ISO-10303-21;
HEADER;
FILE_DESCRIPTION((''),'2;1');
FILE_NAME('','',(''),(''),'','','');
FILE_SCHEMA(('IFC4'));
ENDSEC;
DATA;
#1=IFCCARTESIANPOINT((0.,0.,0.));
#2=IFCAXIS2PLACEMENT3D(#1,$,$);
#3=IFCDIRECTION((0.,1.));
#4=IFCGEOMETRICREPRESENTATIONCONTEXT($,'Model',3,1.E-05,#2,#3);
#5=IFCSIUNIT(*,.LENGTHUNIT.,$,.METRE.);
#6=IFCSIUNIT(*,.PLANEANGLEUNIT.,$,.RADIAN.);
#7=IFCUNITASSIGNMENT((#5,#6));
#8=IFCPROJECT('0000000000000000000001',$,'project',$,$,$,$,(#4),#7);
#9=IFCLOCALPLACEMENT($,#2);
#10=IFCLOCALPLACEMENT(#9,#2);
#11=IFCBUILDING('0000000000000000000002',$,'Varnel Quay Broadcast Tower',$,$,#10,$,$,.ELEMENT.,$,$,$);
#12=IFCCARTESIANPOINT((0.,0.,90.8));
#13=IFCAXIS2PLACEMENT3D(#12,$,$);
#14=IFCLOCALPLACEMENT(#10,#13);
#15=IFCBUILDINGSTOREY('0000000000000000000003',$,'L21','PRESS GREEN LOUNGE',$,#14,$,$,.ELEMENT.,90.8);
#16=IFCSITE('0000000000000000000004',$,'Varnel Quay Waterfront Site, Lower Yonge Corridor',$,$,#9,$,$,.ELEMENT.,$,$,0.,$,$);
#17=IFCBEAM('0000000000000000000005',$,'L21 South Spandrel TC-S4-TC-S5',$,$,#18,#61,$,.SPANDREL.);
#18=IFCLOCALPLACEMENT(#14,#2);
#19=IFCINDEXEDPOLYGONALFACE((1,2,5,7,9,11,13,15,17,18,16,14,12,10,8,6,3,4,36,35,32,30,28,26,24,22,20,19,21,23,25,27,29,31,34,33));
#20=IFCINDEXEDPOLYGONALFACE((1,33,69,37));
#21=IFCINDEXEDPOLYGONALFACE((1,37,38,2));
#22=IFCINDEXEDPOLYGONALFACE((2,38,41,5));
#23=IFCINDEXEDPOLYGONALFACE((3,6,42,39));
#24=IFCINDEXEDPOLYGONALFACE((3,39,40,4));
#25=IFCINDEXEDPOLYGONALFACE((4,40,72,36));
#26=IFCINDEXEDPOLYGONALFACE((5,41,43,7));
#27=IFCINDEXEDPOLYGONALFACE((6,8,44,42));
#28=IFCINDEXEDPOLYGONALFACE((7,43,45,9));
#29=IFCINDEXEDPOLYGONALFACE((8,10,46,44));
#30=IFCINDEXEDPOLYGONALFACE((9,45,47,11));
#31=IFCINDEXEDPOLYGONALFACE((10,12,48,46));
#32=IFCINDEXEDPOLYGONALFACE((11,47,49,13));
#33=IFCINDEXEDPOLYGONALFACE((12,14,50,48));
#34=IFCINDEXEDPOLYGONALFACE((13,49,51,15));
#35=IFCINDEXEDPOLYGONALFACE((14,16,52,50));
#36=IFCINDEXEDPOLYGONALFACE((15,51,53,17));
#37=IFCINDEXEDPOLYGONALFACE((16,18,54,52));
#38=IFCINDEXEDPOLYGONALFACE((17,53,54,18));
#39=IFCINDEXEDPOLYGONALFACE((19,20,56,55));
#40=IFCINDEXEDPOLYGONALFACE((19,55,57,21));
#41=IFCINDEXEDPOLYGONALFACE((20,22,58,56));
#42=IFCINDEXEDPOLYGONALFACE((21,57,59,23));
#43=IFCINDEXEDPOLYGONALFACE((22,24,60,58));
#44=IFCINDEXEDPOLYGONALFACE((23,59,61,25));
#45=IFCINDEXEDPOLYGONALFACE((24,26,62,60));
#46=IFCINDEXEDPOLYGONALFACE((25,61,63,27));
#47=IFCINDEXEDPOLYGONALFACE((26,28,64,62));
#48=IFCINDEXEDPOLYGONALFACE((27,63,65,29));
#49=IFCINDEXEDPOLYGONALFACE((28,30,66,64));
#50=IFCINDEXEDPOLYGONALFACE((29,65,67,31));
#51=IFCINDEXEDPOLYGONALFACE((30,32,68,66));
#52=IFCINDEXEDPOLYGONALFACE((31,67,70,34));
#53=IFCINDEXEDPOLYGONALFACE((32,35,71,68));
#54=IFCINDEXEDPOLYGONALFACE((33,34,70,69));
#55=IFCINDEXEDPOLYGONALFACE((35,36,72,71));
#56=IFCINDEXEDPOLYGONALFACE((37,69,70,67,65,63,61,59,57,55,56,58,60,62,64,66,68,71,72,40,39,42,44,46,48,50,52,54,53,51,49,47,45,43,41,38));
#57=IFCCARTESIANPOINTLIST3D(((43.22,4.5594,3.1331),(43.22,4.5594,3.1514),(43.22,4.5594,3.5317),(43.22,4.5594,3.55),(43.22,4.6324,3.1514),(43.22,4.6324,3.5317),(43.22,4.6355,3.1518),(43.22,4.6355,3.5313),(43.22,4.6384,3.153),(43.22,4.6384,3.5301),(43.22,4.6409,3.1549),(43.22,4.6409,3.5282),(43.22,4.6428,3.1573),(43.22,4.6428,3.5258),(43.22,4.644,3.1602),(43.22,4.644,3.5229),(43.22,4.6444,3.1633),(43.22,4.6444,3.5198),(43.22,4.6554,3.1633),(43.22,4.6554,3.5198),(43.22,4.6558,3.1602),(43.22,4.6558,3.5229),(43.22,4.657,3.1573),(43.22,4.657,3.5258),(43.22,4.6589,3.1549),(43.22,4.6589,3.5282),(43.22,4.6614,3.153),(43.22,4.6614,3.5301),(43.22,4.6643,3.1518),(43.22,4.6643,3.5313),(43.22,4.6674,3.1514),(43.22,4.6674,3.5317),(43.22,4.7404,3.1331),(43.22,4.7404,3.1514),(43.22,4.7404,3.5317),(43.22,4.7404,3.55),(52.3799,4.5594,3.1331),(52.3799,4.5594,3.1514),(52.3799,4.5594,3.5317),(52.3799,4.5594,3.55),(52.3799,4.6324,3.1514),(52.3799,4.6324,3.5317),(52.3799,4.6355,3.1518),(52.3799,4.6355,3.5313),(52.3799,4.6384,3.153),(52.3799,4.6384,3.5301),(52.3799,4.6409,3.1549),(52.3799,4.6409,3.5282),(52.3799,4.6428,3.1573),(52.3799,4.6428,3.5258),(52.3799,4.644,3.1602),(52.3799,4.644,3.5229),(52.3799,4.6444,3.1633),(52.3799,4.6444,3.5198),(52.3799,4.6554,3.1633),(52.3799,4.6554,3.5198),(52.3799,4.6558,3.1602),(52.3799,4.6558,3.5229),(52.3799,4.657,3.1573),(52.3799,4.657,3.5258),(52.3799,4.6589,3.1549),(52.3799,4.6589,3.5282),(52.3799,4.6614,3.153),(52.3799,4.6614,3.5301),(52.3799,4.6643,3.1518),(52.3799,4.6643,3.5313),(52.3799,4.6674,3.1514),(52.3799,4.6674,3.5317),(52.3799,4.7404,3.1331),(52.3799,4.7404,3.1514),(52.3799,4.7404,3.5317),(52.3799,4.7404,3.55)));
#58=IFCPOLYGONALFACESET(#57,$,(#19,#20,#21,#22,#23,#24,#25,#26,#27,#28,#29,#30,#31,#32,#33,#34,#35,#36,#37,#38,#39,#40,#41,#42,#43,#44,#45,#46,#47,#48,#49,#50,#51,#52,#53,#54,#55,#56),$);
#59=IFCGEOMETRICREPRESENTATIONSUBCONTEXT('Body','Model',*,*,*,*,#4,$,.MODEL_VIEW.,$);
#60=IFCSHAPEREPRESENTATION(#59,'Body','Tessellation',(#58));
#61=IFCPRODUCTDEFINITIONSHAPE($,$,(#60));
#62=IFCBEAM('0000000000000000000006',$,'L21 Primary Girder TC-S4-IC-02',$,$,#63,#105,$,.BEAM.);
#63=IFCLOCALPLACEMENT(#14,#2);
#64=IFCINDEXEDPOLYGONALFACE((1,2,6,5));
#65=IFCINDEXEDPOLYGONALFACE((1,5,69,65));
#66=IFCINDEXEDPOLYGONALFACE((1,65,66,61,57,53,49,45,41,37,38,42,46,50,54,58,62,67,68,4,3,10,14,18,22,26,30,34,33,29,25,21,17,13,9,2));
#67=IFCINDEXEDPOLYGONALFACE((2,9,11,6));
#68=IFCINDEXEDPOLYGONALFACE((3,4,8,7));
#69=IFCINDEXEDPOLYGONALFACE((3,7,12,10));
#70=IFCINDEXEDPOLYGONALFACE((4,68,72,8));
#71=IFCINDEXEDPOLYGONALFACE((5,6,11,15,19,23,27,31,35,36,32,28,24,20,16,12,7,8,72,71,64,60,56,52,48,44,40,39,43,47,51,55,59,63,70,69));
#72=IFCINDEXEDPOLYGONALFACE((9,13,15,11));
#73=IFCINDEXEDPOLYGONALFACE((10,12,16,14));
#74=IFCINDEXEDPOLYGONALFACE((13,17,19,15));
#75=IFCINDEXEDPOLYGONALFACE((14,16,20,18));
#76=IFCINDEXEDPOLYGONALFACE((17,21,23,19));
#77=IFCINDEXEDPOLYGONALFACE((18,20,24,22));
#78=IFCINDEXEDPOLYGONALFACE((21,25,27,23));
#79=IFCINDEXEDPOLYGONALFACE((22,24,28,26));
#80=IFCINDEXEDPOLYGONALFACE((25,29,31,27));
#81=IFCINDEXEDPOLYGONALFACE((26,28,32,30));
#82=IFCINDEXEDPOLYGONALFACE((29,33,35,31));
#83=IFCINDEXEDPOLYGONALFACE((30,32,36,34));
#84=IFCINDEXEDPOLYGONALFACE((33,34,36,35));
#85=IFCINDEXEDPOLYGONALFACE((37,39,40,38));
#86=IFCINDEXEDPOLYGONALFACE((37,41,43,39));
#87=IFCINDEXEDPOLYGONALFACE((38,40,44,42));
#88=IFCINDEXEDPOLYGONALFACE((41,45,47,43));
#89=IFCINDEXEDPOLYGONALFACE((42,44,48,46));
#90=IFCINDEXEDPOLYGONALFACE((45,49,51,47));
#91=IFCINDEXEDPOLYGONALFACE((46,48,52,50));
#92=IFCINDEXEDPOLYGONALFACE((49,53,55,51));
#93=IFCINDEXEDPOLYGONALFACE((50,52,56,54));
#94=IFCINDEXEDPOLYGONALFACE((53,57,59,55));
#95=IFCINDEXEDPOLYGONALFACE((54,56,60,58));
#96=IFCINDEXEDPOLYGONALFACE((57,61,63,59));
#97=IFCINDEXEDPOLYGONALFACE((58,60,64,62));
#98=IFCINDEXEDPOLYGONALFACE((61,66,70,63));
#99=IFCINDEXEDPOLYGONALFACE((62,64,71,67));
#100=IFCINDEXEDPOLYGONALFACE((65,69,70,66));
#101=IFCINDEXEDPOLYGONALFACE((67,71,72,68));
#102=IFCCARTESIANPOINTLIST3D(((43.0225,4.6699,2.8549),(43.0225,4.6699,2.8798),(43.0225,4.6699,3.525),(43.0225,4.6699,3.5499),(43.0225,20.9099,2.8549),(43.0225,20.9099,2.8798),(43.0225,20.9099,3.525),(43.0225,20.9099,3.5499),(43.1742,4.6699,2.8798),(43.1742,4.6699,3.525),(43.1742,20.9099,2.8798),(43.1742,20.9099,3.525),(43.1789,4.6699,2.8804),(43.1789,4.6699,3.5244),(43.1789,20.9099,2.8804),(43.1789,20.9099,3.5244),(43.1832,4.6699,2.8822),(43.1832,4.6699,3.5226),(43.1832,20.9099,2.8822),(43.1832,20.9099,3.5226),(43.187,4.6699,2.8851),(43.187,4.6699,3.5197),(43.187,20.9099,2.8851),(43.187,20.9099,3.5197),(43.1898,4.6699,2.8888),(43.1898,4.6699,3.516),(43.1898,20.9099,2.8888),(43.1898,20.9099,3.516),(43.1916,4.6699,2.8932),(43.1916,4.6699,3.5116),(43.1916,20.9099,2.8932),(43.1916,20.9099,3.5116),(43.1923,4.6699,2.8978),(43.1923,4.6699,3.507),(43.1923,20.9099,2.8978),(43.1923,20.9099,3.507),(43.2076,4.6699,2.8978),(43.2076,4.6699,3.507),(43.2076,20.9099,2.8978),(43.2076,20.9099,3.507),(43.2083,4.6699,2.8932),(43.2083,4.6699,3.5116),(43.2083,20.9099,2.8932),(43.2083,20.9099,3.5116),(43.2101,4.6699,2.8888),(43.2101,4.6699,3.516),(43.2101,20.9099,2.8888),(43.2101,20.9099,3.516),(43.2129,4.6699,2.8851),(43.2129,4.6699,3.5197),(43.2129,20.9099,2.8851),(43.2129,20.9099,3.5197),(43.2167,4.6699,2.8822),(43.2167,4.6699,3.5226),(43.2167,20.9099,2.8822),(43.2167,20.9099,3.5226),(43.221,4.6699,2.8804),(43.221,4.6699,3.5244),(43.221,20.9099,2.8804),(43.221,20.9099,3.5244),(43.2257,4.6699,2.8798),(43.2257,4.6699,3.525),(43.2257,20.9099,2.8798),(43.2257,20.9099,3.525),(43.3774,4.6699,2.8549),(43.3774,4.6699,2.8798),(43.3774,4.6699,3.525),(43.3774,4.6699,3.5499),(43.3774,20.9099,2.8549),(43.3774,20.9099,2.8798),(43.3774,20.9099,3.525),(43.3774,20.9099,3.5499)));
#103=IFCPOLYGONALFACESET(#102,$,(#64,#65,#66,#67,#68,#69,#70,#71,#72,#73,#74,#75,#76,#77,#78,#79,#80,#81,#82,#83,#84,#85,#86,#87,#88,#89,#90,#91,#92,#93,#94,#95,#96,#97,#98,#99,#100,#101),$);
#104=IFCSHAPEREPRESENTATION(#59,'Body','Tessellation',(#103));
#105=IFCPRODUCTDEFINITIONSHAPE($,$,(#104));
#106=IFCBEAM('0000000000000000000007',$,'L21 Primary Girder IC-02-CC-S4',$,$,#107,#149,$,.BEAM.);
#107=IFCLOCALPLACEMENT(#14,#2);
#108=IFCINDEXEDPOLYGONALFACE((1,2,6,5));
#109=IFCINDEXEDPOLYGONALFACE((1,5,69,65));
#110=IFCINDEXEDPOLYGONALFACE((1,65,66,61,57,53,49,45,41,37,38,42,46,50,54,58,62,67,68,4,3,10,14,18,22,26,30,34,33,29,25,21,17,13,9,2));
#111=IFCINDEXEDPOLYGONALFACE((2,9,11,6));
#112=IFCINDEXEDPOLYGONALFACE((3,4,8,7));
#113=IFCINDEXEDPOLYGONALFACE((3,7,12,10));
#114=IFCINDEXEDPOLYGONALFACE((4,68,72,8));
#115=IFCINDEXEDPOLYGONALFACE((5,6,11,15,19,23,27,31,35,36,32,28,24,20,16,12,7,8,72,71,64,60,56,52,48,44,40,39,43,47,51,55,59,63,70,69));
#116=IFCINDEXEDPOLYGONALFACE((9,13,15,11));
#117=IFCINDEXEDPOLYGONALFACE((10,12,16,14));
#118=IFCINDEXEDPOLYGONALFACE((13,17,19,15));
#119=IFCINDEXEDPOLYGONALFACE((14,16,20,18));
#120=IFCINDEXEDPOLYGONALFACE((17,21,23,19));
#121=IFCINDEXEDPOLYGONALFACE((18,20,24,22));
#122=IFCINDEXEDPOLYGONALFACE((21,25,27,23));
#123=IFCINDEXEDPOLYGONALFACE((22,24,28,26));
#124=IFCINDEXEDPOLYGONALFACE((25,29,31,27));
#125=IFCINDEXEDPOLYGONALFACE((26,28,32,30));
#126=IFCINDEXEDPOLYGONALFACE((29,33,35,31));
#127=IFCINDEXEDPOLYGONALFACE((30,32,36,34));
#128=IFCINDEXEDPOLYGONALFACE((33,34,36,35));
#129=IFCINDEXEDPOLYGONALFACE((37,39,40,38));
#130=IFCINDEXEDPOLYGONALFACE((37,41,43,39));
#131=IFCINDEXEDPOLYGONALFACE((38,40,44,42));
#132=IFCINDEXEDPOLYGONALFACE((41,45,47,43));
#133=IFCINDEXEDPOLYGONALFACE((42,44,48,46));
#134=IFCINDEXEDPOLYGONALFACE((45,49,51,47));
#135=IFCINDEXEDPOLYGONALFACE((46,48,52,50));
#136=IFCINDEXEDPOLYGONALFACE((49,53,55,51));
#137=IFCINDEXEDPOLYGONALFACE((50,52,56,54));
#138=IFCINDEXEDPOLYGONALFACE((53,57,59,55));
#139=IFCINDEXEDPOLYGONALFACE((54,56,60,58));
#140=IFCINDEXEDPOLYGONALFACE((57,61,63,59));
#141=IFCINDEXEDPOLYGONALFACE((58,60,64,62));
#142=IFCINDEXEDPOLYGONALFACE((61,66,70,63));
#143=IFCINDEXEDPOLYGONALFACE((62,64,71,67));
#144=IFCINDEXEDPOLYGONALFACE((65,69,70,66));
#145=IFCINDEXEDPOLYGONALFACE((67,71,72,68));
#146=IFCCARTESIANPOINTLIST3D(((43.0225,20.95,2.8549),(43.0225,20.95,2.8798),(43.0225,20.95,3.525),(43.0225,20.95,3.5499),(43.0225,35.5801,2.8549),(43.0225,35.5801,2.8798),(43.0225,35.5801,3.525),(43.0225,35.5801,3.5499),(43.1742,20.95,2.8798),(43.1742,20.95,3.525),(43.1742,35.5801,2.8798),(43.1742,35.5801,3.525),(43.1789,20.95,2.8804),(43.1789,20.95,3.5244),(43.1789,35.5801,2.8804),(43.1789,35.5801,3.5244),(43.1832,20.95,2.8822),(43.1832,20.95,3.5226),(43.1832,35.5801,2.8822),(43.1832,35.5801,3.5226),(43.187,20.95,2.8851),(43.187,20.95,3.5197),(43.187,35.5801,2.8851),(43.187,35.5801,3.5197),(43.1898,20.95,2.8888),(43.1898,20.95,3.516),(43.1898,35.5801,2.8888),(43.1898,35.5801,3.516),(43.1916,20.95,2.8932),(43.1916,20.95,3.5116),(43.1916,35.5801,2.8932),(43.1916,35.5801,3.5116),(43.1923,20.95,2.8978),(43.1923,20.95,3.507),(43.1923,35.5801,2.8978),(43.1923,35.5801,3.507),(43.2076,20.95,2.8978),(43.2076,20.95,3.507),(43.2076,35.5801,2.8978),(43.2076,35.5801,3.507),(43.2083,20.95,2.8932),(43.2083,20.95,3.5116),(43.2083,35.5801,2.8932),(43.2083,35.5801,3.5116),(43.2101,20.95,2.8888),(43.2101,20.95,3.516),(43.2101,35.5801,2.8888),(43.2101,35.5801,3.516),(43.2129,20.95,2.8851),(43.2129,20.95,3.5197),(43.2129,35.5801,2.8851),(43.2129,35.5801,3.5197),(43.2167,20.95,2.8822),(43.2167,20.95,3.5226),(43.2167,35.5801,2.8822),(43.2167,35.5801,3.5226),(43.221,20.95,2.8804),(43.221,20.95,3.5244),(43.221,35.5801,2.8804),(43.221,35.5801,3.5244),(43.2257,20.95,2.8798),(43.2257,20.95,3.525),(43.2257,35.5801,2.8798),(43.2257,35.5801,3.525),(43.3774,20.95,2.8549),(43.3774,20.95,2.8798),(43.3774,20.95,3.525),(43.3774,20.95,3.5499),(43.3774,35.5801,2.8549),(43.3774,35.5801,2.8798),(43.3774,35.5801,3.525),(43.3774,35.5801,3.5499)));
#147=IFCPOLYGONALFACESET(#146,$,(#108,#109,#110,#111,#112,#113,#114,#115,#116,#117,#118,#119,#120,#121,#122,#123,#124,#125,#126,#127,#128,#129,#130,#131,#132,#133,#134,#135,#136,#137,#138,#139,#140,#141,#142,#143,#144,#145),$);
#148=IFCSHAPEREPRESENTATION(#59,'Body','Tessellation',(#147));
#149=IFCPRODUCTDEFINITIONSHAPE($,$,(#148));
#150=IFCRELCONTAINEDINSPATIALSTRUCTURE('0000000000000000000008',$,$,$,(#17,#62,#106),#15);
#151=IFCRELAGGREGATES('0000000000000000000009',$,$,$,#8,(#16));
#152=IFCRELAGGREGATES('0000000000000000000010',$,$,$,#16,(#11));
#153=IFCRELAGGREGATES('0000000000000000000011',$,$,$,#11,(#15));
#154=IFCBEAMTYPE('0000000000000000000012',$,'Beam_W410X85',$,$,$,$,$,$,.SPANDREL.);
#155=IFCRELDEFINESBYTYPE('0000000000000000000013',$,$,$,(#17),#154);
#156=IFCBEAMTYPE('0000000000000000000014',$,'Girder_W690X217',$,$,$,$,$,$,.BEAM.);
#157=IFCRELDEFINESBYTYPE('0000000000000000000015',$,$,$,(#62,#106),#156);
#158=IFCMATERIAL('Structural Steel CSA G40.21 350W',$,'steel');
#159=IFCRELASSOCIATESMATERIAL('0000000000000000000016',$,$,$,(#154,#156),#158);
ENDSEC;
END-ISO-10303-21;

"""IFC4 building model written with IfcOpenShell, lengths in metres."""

from ifc_helpers import new_model, si_unit, direction, frame, origin, origin_2d, place, context, subcontext, project, spatial, i_section, extrude, source, transform, mapped, material, material_profile, profile_set, type_object, type_shapes, element, save


model = new_model("IFC4")

# Units and contexts
model_context = context("Model", 3, precision=1e-05, world=origin(), true_north=direction((0.0, 1.0)))
body_context = subcontext(model_context, "Body", "Model", "MODEL_VIEW")
ifc_project = project(units=[si_unit("LENGTHUNIT", "METRE"), si_unit("PLANEANGLEUNIT", "RADIAN")], contexts=[model_context])

# Site, building, storey
site_placement = place(None, origin())
site = spatial("IfcSite", under=ifc_project, at=site_placement, Name="Varnel Quay Waterfront Site, Lower Yonge Corridor", CompositionType="ELEMENT", RefElevation=0.0)
building_placement = place(site_placement, origin())
building = spatial("IfcBuilding", under=site, at=building_placement, Name="Varnel Quay Broadcast Tower", CompositionType="ELEMENT")
storey_placement = place(building_placement, frame((0.0, 0.0, 90.8)))
storey = spatial("IfcBuildingStorey", under=building, at=storey_placement, Name="L21", Description="PRESS GREEN LOUNGE", CompositionType="ELEMENT", Elevation=90.8)

# Shared definitions
ifc_material_1 = material(Name="Structural Steel CSA G40.21 350W", Category="steel")

# Beams
ifc_material_profile_1 = material_profile(ifc_material_1, i_section(OverallWidth=0.1809, OverallDepth=0.417, WebThickness=0.011, FlangeThickness=0.0183, FilletRadius=0.012, at=origin_2d()), Name="W410X85")
ifc_profile_set_1 = profile_set([ifc_material_profile_1], Name="Structural Steel CSA G40.21 350W")
beam_type_1 = type_object("IfcBeamType", Name="Beam_W410X85", PredefinedType="SPANDREL", material=ifc_profile_set_1)
shared_shape_1 = source(origin(), body_context, "Body", "SweptSolid", [
    extrude(i_section(OverallWidth=0.1809, OverallDepth=0.417, WebThickness=0.011, FlangeThickness=0.0183, FilletRadius=0.012, at=origin_2d()), origin(), (0.0, 0.0, 1.0), 9.1599),
])
type_shapes(beam_type_1, [shared_shape_1])
for number, where, z_axis, x_axis, name in (
    (1, (43.22, 4.6499, 3.3416), (1.0, 0.0, 0.0), (0.0, 1.0, 0.0), "L21 South Spandrel TC-S4-TC-S5"),
):
    element("IfcBeam", number, at=place(storey_placement, frame(where, z_axis=z_axis, x_axis=x_axis)), inside=storey, type_object=beam_type_1, Name=name, PredefinedType="SPANDREL", context=body_context, shape_type="MappedRepresentation", body=[
        mapped(shared_shape_1, transform((0.0, 0.0, 0.0), x_axis=(1.0, 0.0, 0.0), y_axis=(0.0, 1.0, 0.0), z_axis=(0.0, 0.0, 1.0), scale=1.0)),
    ])
ifc_material_profile_2 = material_profile(ifc_material_1, i_section(OverallWidth=0.355, OverallDepth=0.6951, WebThickness=0.0154, FlangeThickness=0.0249, FilletRadius=0.0181, at=origin_2d()), Name="W690X217")
ifc_profile_set_2 = profile_set([ifc_material_profile_2], Name="Structural Steel CSA G40.21 350W")
beam_type_2 = type_object("IfcBeamType", Name="Girder_W690X217", PredefinedType="BEAM", material=ifc_profile_set_2)
shared_shape_2 = source(origin(), body_context, "Body", "SweptSolid", [
    extrude(i_section(OverallWidth=0.355, OverallDepth=0.6951, WebThickness=0.0154, FlangeThickness=0.0249, FilletRadius=0.0181, at=origin_2d()), origin(), (0.0, 0.0, 1.0), 16.24),
])
beam_1_placement = place(storey_placement, frame((43.2, 4.6699, 3.2024), z_axis=(0.0, 1.0, 0.0), x_axis=(-1.0, 0.0, 0.0)))
element("IfcBeam", 2, at=beam_1_placement, inside=storey, type_object=beam_type_2, Name="L21 Primary Girder TC-S4-IC-02", PredefinedType="BEAM", context=body_context, shape_type="MappedRepresentation", body=[
    mapped(shared_shape_2, transform((0.0, 0.0, 0.0), x_axis=(1.0, 0.0, 0.0), y_axis=(0.0, 1.0, 0.0), z_axis=(0.0, 0.0, 1.0), scale=1.0)),
])
shared_shape_3 = source(origin(), body_context, "Body", "SweptSolid", [
    extrude(i_section(OverallWidth=0.355, OverallDepth=0.6951, WebThickness=0.0154, FlangeThickness=0.0249, FilletRadius=0.0181, at=origin_2d()), origin(), (0.0, 0.0, 1.0), 14.6301),
])
beam_2_placement = place(storey_placement, frame((43.2, 20.95, 3.2024), z_axis=(0.0, 1.0, 0.0), x_axis=(-1.0, 0.0, 0.0)))
element("IfcBeam", 3, at=beam_2_placement, inside=storey, type_object=beam_type_2, Name="L21 Primary Girder IC-02-CC-S4", PredefinedType="BEAM", context=body_context, shape_type="MappedRepresentation", body=[
    mapped(shared_shape_3, transform((0.0, 0.0, 0.0), x_axis=(1.0, 0.0, 0.0), y_axis=(0.0, 1.0, 0.0), z_axis=(0.0, 0.0, 1.0), scale=1.0)),
])

save(model, "model.ifc")
